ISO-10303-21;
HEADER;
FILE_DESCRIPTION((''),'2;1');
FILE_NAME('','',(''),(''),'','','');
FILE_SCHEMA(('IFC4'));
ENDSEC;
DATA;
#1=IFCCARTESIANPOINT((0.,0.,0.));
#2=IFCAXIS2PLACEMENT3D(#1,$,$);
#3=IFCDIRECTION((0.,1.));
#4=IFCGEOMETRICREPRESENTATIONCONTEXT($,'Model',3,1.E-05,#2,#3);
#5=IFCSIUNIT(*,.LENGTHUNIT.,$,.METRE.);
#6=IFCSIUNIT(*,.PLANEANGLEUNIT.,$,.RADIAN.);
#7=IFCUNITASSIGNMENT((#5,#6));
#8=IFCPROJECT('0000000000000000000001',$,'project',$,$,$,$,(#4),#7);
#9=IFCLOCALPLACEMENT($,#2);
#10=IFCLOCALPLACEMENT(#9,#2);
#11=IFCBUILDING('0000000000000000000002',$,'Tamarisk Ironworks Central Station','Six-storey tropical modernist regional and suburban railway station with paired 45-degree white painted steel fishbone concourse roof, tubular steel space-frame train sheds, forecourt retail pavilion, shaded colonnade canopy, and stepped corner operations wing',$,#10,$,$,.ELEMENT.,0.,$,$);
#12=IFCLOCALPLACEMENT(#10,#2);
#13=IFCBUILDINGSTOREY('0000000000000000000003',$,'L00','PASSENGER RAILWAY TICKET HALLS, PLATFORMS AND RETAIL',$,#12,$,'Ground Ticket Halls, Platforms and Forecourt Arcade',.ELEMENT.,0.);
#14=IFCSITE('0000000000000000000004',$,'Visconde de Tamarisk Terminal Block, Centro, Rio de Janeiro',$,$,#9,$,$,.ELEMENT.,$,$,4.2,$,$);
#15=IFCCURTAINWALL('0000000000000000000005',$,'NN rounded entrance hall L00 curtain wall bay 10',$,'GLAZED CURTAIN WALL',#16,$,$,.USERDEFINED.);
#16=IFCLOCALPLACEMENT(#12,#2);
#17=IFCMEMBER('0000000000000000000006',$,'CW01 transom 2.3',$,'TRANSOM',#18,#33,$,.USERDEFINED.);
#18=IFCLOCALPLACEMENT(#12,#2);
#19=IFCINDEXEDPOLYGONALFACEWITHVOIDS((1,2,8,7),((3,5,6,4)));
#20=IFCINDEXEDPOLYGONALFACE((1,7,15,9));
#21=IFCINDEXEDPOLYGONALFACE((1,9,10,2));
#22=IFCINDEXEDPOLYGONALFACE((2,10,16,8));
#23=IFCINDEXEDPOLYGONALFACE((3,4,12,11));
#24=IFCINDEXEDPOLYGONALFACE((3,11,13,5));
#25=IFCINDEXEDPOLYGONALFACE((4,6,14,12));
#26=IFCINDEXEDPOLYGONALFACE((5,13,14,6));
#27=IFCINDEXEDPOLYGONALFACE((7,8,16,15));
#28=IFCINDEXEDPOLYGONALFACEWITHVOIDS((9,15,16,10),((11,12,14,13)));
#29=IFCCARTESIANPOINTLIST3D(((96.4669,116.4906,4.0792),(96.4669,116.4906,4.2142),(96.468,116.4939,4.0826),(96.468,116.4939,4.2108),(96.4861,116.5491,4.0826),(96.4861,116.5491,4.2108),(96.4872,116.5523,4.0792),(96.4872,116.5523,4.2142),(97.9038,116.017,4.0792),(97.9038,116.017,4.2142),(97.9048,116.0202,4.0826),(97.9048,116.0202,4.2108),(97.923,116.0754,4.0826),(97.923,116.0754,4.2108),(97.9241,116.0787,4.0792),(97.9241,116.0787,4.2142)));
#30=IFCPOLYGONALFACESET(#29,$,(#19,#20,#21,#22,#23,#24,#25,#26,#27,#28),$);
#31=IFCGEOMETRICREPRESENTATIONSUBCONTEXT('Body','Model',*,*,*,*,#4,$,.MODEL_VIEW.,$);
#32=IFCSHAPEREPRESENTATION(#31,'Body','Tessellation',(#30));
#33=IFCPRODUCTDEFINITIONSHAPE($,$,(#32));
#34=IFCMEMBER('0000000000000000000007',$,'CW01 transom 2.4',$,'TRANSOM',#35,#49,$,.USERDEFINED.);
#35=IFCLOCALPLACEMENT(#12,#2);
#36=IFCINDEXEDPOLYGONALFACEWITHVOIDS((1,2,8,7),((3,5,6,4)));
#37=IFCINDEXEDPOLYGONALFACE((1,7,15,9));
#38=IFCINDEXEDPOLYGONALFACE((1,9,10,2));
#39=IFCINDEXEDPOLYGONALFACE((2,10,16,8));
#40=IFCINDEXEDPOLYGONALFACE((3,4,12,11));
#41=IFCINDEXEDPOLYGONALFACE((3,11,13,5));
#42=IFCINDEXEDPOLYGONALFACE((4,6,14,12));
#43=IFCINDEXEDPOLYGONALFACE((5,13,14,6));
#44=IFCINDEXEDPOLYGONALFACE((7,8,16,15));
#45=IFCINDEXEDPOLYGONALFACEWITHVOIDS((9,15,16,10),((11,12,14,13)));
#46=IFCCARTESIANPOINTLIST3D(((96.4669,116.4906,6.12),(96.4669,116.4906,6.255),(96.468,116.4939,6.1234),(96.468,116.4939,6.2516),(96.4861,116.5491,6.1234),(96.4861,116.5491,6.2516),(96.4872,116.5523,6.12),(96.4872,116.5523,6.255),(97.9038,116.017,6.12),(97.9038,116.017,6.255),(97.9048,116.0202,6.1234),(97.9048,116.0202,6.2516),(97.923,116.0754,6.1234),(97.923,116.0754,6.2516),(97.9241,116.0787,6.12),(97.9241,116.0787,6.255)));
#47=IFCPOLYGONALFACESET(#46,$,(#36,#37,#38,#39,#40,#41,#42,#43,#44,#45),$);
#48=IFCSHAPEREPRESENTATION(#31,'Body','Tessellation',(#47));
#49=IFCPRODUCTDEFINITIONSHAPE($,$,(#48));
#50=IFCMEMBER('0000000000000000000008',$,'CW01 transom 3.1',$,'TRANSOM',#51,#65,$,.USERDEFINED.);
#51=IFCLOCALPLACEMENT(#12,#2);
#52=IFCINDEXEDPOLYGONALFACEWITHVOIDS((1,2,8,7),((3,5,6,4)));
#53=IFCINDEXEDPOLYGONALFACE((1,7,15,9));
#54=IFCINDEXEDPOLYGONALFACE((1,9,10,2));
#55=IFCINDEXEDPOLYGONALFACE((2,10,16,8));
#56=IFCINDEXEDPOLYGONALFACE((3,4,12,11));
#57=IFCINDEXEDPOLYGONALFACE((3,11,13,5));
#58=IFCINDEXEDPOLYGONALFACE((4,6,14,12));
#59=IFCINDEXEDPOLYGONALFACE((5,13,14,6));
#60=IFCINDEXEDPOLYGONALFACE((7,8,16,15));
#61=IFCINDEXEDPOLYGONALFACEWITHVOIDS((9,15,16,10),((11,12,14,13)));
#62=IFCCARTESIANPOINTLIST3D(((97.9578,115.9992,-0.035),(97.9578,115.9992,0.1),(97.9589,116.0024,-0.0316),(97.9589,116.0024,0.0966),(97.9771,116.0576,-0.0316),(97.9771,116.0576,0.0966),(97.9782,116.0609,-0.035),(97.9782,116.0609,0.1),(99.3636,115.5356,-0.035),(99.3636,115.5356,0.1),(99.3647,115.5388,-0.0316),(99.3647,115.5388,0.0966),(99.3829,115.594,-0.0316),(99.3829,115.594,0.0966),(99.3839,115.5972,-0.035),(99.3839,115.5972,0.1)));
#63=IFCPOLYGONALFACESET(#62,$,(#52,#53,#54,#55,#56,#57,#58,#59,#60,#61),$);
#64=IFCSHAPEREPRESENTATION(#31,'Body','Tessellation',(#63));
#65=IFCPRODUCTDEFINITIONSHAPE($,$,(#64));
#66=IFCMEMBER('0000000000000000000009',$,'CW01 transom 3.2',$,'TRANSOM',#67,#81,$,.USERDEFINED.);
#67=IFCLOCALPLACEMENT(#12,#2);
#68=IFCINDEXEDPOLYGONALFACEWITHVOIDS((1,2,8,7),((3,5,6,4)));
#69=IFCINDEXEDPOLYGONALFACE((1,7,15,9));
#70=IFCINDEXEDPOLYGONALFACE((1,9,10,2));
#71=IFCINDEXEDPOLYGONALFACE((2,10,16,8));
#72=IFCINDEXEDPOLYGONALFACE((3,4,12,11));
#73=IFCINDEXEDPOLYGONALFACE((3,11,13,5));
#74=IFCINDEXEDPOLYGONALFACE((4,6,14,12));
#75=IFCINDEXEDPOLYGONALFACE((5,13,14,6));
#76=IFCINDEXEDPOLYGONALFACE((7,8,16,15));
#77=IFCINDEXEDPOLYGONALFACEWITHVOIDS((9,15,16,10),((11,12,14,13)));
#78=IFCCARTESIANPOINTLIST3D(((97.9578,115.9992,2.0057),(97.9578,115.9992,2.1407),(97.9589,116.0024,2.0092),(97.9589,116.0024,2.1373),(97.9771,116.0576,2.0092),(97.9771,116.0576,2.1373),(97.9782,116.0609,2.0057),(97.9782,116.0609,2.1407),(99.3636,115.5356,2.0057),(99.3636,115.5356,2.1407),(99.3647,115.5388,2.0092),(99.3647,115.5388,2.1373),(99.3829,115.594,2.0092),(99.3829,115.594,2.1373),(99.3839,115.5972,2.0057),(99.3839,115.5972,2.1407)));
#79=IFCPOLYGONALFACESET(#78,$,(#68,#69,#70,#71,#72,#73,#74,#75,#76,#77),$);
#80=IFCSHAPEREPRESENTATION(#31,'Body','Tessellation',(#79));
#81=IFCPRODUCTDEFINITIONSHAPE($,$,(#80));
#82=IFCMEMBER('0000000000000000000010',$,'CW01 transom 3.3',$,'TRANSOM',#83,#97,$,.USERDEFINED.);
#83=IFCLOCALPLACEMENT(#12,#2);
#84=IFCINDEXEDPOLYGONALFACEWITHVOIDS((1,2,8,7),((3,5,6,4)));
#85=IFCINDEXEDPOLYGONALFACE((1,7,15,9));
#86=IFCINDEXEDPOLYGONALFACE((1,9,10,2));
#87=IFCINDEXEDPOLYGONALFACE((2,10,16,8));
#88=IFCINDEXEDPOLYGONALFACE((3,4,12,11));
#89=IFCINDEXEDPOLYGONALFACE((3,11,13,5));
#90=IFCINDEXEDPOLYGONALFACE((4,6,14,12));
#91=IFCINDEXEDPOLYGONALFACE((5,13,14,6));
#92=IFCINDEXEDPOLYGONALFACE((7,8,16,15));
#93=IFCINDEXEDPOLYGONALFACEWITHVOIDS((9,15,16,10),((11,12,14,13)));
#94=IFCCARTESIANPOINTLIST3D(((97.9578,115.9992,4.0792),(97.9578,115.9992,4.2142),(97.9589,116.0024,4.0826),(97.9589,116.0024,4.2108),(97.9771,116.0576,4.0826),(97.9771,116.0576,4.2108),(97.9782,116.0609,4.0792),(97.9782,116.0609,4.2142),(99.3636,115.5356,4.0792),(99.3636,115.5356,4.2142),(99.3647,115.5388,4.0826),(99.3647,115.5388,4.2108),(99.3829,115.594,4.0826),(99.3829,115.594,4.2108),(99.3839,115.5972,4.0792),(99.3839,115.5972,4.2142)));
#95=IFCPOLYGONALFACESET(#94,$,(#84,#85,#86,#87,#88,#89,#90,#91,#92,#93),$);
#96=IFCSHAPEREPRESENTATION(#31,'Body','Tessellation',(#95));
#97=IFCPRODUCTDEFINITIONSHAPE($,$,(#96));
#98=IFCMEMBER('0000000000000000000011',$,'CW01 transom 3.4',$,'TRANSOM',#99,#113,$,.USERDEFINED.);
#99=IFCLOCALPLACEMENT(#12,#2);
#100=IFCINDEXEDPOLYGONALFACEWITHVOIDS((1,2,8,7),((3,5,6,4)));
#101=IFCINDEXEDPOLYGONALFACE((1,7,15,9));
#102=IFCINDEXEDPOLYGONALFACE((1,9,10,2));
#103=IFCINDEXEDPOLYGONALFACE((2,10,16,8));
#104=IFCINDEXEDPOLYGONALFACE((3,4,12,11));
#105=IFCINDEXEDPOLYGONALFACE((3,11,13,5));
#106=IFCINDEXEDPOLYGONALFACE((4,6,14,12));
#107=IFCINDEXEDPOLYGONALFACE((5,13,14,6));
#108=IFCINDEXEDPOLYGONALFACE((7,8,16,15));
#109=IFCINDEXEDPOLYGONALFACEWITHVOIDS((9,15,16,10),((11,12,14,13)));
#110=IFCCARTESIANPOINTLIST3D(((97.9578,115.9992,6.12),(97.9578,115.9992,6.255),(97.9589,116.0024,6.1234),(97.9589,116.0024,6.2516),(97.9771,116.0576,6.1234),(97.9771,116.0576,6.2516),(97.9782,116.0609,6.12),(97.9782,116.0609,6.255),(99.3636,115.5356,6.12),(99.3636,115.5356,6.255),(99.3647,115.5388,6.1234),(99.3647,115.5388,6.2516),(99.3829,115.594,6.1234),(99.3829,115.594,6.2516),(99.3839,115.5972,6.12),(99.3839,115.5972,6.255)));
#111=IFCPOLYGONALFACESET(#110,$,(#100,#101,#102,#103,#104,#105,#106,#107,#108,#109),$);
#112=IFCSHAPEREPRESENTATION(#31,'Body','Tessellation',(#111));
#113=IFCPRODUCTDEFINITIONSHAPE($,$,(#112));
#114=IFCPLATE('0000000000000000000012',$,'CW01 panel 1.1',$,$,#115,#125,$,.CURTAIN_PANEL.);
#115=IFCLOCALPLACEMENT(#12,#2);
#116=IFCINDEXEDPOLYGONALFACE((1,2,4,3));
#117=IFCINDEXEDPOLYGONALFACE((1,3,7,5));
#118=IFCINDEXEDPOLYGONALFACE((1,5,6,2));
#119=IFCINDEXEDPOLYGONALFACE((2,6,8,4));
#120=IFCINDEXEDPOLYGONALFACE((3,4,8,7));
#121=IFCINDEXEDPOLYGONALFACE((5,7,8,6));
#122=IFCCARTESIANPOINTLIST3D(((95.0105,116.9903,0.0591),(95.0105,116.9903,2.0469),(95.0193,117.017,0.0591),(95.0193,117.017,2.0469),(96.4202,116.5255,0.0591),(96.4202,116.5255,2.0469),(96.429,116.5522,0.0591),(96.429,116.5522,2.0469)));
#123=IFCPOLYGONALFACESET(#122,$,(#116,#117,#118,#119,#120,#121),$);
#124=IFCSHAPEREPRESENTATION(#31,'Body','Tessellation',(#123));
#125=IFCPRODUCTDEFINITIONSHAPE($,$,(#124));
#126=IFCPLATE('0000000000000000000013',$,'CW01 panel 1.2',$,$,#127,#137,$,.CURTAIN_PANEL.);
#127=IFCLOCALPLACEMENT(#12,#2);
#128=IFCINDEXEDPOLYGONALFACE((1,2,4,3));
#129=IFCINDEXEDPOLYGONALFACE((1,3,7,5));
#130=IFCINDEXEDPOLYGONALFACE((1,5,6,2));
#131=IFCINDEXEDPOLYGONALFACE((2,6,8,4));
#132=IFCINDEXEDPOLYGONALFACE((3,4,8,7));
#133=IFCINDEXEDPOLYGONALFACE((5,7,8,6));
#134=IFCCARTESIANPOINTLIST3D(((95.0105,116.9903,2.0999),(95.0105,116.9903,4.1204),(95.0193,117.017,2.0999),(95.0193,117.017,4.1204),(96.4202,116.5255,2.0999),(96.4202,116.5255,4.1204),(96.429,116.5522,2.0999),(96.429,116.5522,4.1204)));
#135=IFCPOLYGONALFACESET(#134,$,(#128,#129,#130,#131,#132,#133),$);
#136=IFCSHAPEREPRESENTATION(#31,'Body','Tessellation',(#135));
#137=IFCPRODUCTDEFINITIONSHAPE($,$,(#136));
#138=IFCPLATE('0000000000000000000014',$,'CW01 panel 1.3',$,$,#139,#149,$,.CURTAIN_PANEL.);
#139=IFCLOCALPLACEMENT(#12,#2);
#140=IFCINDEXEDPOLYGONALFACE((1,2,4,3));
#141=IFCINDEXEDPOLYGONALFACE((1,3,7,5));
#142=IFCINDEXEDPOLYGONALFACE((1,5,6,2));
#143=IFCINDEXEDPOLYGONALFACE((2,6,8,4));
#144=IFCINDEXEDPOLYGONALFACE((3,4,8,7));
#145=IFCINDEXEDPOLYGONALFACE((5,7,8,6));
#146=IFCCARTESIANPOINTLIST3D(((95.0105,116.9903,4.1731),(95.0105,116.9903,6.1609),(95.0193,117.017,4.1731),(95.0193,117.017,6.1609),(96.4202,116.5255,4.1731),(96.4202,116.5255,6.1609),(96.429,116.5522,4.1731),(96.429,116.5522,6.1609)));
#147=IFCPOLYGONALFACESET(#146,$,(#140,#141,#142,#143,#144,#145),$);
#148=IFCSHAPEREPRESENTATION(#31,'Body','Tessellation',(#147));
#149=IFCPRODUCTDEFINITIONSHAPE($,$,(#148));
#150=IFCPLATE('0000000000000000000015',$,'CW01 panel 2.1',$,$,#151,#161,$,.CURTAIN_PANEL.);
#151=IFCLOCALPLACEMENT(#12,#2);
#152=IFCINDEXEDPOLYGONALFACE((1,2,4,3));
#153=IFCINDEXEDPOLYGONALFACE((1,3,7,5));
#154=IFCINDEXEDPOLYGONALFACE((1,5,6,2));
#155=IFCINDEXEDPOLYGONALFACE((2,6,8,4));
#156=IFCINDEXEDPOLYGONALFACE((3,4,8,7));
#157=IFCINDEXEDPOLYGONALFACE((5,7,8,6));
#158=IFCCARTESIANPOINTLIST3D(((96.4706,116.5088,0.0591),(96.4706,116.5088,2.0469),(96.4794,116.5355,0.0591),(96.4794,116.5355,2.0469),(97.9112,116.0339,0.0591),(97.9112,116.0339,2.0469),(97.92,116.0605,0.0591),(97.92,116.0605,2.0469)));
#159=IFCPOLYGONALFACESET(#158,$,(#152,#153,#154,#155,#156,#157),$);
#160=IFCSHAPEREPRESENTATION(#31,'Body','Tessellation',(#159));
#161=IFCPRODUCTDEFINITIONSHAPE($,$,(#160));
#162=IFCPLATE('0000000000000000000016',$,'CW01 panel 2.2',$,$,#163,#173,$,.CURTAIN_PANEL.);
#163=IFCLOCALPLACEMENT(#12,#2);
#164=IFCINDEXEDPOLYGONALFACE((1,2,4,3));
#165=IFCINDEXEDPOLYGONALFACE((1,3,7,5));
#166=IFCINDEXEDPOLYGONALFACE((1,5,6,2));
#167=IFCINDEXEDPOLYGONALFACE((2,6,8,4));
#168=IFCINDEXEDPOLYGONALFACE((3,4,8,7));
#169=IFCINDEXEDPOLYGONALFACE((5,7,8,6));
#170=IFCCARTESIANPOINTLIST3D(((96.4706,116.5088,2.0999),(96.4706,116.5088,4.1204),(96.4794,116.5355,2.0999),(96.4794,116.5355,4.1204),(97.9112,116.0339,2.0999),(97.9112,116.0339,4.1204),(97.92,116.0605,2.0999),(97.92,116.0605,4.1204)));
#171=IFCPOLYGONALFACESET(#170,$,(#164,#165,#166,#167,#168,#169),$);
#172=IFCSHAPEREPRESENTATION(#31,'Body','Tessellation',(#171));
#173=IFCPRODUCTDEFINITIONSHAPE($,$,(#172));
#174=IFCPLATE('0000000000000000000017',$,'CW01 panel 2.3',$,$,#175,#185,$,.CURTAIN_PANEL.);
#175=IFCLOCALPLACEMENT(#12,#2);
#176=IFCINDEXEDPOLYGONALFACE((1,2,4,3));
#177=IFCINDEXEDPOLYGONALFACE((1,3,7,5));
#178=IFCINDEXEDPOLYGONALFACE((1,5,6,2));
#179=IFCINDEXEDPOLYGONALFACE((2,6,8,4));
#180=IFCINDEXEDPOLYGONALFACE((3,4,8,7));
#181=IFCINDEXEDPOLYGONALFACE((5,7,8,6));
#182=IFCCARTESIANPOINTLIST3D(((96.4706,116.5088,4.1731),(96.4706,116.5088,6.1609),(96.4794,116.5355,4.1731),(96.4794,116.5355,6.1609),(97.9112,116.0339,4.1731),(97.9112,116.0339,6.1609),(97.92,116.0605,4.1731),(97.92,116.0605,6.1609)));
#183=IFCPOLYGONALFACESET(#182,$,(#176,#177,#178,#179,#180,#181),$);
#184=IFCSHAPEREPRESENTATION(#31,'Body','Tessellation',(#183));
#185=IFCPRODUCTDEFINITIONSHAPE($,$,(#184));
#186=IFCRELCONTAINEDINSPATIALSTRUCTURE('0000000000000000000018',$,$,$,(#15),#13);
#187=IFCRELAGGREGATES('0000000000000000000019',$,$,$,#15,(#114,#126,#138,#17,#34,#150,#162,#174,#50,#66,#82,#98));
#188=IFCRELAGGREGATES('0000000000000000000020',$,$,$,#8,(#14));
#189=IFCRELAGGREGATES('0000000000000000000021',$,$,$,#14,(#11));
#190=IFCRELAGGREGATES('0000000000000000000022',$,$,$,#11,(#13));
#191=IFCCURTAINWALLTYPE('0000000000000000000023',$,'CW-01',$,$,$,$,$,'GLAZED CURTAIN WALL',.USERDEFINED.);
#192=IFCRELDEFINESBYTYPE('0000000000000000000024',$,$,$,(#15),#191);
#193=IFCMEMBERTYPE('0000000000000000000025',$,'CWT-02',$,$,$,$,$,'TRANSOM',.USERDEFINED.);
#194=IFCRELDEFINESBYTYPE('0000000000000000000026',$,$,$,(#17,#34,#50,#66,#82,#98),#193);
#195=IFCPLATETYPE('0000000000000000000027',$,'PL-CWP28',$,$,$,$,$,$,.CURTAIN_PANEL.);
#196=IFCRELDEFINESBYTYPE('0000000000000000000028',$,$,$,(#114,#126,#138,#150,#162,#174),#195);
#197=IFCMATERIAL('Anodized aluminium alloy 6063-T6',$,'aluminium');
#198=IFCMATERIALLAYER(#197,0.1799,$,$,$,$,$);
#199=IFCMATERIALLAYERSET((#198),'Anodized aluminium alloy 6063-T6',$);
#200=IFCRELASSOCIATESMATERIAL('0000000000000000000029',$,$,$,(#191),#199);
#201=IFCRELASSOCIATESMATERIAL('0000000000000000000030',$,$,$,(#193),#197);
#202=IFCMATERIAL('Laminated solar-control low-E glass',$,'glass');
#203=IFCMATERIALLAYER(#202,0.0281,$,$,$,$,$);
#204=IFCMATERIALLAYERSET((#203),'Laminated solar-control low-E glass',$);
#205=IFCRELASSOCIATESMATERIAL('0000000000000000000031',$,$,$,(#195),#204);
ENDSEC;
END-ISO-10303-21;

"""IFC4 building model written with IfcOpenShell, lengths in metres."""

from ifc_helpers import new_model, si_unit, direction, frame, origin, origin_2d, place, context, subcontext, project, spatial, rectangle, hollow_rectangle, extrude, material, layer, layer_set, material_profile, profile_set, type_object, element, aggregate, save


model = new_model("IFC4")

# Units and contexts
model_context = context("Model", 3, precision=1e-05, world=origin(), true_north=direction((0.0, 1.0)))
body_context = subcontext(model_context, "Body", "Model", "MODEL_VIEW")
ifc_project = project(units=[si_unit("LENGTHUNIT", "METRE"), si_unit("PLANEANGLEUNIT", "RADIAN")], contexts=[model_context])

# Site, building, storey
site_placement = place(None, origin())
site = spatial("IfcSite", under=ifc_project, at=site_placement, Name="Visconde de Tamarisk Terminal Block, Centro, Rio de Janeiro", CompositionType="ELEMENT", RefElevation=4.2)
building_placement = place(site_placement, origin())
building = spatial("IfcBuilding", under=site, at=building_placement, Name="Tamarisk Ironworks Central Station", Description="Six-storey tropical modernist regional and suburban railway station with paired 45-degree white painted steel fishbone concourse roof, tubular steel space-frame train sheds, forecourt retail pavilion, shaded colonnade canopy, and stepped corner operations wing", CompositionType="ELEMENT", ElevationOfRefHeight=0.0)
storey_placement = place(building_placement, origin())
storey = spatial("IfcBuildingStorey", under=building, at=storey_placement, Name="L00", Description="PASSENGER RAILWAY TICKET HALLS, PLATFORMS AND RETAIL", LongName="Ground Ticket Halls, Platforms and Forecourt Arcade", CompositionType="ELEMENT", Elevation=0.0)

# Curtain wall, members, plates
ifc_material_1 = material(Name="Anodized aluminium alloy 6063-T6", Category="aluminium")
ifc_layer_1 = layer(ifc_material_1, 0.1799)
ifc_layer_set_1 = layer_set([ifc_layer_1], Name="Anodized aluminium alloy 6063-T6")
curtain_wall_type = type_object("IfcCurtainWallType", Name="CW-01", ElementType="GLAZED CURTAIN WALL", PredefinedType="USERDEFINED", material=ifc_layer_set_1)
curtain_wall_placement = place(storey_placement, origin())
curtain_wall = element("IfcCurtainWall", 1, at=curtain_wall_placement, inside=storey, type_object=curtain_wall_type, Name="NN rounded entrance hall L00 curtain wall bay 10", ObjectType="GLAZED CURTAIN WALL", PredefinedType="USERDEFINED")
ifc_material_profile_1 = material_profile(ifc_material_1, hollow_rectangle(XDim=0.0649, YDim=0.135, WallThickness=0.0034, at=origin_2d()), Name="ALUM 135x65")
ifc_profile_set_1 = profile_set([ifc_material_profile_1], Name="Anodized aluminium alloy 6063-T6")
member_type_1 = type_object("IfcMemberType", Name="CWT-02", ElementType="TRANSOM", PredefinedType="USERDEFINED", material=ifc_profile_set_1)
member_1_placement = place(storey_placement, frame((96.4771, 116.5215, 4.1467), z_axis=(0.949727, -0.313079, 0.0), x_axis=(0.313079, 0.949727, 0.0)))
member_1 = element("IfcMember", 2, at=member_1_placement, type_object=member_type_1, Name="CW01 transom 2.3", ObjectType="TRANSOM", PredefinedType="USERDEFINED", context=body_context, shape_type="SweptSolid", body=[
    extrude(hollow_rectangle(XDim=0.0649, YDim=0.135, WallThickness=0.0034, at=origin_2d()), origin(), (0.0, 0.0, 1.0), 1.5129),
])
member_2_placement = place(storey_placement, frame((96.4771, 116.5215, 6.1875), z_axis=(0.949727, -0.313079, 0.0), x_axis=(0.313079, 0.949727, 0.0)))
member_2 = element("IfcMember", 3, at=member_2_placement, type_object=member_type_1, Name="CW01 transom 2.4", ObjectType="TRANSOM", PredefinedType="USERDEFINED", context=body_context, shape_type="SweptSolid", body=[
    extrude(hollow_rectangle(XDim=0.0649, YDim=0.135, WallThickness=0.0034, at=origin_2d()), origin(), (0.0, 0.0, 1.0), 1.5129),
])
member_3_placement = place(storey_placement, frame((97.968, 116.03, 0.0325), z_axis=(0.949685, -0.313208, 0.0), x_axis=(0.313208, 0.949685, 0.0)))
member_3 = element("IfcMember", 4, at=member_3_placement, type_object=member_type_1, Name="CW01 transom 3.1", ObjectType="TRANSOM", PredefinedType="USERDEFINED", context=body_context, shape_type="SweptSolid", body=[
    extrude(hollow_rectangle(XDim=0.0649, YDim=0.135, WallThickness=0.0034, at=origin_2d()), origin(), (0.0, 0.0, 1.0), 1.4802),
])
member_4_placement = place(storey_placement, frame((97.968, 116.03, 2.0732), z_axis=(0.949685, -0.313208, 0.0), x_axis=(0.313208, 0.949685, 0.0)))
member_4 = element("IfcMember", 5, at=member_4_placement, type_object=member_type_1, Name="CW01 transom 3.2", ObjectType="TRANSOM", PredefinedType="USERDEFINED", context=body_context, shape_type="SweptSolid", body=[
    extrude(hollow_rectangle(XDim=0.0649, YDim=0.135, WallThickness=0.0034, at=origin_2d()), origin(), (0.0, 0.0, 1.0), 1.4802),
])
member_5_placement = place(storey_placement, frame((97.968, 116.03, 4.1467), z_axis=(0.949685, -0.313208, 0.0), x_axis=(0.313208, 0.949685, 0.0)))
member_5 = element("IfcMember", 6, at=member_5_placement, type_object=member_type_1, Name="CW01 transom 3.3", ObjectType="TRANSOM", PredefinedType="USERDEFINED", context=body_context, shape_type="SweptSolid", body=[
    extrude(hollow_rectangle(XDim=0.0649, YDim=0.135, WallThickness=0.0034, at=origin_2d()), origin(), (0.0, 0.0, 1.0), 1.4802),
])
member_6_placement = place(storey_placement, frame((97.968, 116.03, 6.1875), z_axis=(0.949685, -0.313208, 0.0), x_axis=(0.313208, 0.949685, 0.0)))
member_6 = element("IfcMember", 7, at=member_6_placement, type_object=member_type_1, Name="CW01 transom 3.4", ObjectType="TRANSOM", PredefinedType="USERDEFINED", context=body_context, shape_type="SweptSolid", body=[
    extrude(hollow_rectangle(XDim=0.0649, YDim=0.135, WallThickness=0.0034, at=origin_2d()), origin(), (0.0, 0.0, 1.0), 1.4802),
])
ifc_material_2 = material(Name="Laminated solar-control low-E glass", Category="glass")
ifc_layer_2 = layer(ifc_material_2, 0.0281)
ifc_layer_set_2 = layer_set([ifc_layer_2], Name="Laminated solar-control low-E glass")
plate_type = type_object("IfcPlateType", Name="PL-CWP28", PredefinedType="CURTAIN_PANEL", material=ifc_layer_set_2)
plate_1_placement = place(storey_placement, frame((95.7197, 116.7712, 0.0591), z_axis=(0.0, 0.0, 1.0), x_axis=(0.949721, -0.313098, 0.0)))
plate_1 = element("IfcPlate", 8, at=plate_1_placement, type_object=plate_type, Name="CW01 panel 1.1", PredefinedType="CURTAIN_PANEL", context=body_context, shape_type="SweptSolid", body=[
    extrude(rectangle(XDim=1.4844, YDim=0.0281, at=origin_2d()), origin(), (0.0, 0.0, 1.0), 1.9878),
])
plate_2_placement = place(storey_placement, frame((95.7197, 116.7712, 2.0999), z_axis=(0.0, 0.0, 1.0), x_axis=(0.949721, -0.313098, 0.0)))
plate_2 = element("IfcPlate", 9, at=plate_2_placement, type_object=plate_type, Name="CW01 panel 1.2", PredefinedType="CURTAIN_PANEL", context=body_context, shape_type="SweptSolid", body=[
    extrude(rectangle(XDim=1.4844, YDim=0.0281, at=origin_2d()), origin(), (0.0, 0.0, 1.0), 2.0205),
])
plate_3_placement = place(storey_placement, frame((95.7197, 116.7712, 4.1731), z_axis=(0.0, 0.0, 1.0), x_axis=(0.949721, -0.313098, 0.0)))
plate_3 = element("IfcPlate", 10, at=plate_3_placement, type_object=plate_type, Name="CW01 panel 1.3", PredefinedType="CURTAIN_PANEL", context=body_context, shape_type="SweptSolid", body=[
    extrude(rectangle(XDim=1.4844, YDim=0.0281, at=origin_2d()), origin(), (0.0, 0.0, 1.0), 1.9878),
])
plate_4_placement = place(storey_placement, frame((97.1953, 116.2847, 0.0591), z_axis=(0.0, 0.0, 1.0), x_axis=(0.949721, -0.313098, 0.0)))
plate_4 = element("IfcPlate", 11, at=plate_4_placement, type_object=plate_type, Name="CW01 panel 2.1", PredefinedType="CURTAIN_PANEL", context=body_context, shape_type="SweptSolid", body=[
    extrude(rectangle(XDim=1.5168, YDim=0.0281, at=origin_2d()), origin(), (0.0, 0.0, 1.0), 1.9878),
])
plate_5_placement = place(storey_placement, frame((97.1953, 116.2847, 2.0999), z_axis=(0.0, 0.0, 1.0), x_axis=(0.949721, -0.313098, 0.0)))
plate_5 = element("IfcPlate", 12, at=plate_5_placement, type_object=plate_type, Name="CW01 panel 2.2", PredefinedType="CURTAIN_PANEL", context=body_context, shape_type="SweptSolid", body=[
    extrude(rectangle(XDim=1.5168, YDim=0.0281, at=origin_2d()), origin(), (0.0, 0.0, 1.0), 2.0205),
])
plate_6_placement = place(storey_placement, frame((97.1953, 116.2847, 4.1731), z_axis=(0.0, 0.0, 1.0), x_axis=(0.949721, -0.313098, 0.0)))
plate_6 = element("IfcPlate", 13, at=plate_6_placement, type_object=plate_type, Name="CW01 panel 2.3", PredefinedType="CURTAIN_PANEL", context=body_context, shape_type="SweptSolid", body=[
    extrude(rectangle(XDim=1.5168, YDim=0.0281, at=origin_2d()), origin(), (0.0, 0.0, 1.0), 1.9878),
])
aggregate(curtain_wall, [plate_1, plate_2, plate_3, member_1, member_2, plate_4, plate_5, plate_6, member_3, member_4, member_5, member_6])

save(model, "model.ifc")
